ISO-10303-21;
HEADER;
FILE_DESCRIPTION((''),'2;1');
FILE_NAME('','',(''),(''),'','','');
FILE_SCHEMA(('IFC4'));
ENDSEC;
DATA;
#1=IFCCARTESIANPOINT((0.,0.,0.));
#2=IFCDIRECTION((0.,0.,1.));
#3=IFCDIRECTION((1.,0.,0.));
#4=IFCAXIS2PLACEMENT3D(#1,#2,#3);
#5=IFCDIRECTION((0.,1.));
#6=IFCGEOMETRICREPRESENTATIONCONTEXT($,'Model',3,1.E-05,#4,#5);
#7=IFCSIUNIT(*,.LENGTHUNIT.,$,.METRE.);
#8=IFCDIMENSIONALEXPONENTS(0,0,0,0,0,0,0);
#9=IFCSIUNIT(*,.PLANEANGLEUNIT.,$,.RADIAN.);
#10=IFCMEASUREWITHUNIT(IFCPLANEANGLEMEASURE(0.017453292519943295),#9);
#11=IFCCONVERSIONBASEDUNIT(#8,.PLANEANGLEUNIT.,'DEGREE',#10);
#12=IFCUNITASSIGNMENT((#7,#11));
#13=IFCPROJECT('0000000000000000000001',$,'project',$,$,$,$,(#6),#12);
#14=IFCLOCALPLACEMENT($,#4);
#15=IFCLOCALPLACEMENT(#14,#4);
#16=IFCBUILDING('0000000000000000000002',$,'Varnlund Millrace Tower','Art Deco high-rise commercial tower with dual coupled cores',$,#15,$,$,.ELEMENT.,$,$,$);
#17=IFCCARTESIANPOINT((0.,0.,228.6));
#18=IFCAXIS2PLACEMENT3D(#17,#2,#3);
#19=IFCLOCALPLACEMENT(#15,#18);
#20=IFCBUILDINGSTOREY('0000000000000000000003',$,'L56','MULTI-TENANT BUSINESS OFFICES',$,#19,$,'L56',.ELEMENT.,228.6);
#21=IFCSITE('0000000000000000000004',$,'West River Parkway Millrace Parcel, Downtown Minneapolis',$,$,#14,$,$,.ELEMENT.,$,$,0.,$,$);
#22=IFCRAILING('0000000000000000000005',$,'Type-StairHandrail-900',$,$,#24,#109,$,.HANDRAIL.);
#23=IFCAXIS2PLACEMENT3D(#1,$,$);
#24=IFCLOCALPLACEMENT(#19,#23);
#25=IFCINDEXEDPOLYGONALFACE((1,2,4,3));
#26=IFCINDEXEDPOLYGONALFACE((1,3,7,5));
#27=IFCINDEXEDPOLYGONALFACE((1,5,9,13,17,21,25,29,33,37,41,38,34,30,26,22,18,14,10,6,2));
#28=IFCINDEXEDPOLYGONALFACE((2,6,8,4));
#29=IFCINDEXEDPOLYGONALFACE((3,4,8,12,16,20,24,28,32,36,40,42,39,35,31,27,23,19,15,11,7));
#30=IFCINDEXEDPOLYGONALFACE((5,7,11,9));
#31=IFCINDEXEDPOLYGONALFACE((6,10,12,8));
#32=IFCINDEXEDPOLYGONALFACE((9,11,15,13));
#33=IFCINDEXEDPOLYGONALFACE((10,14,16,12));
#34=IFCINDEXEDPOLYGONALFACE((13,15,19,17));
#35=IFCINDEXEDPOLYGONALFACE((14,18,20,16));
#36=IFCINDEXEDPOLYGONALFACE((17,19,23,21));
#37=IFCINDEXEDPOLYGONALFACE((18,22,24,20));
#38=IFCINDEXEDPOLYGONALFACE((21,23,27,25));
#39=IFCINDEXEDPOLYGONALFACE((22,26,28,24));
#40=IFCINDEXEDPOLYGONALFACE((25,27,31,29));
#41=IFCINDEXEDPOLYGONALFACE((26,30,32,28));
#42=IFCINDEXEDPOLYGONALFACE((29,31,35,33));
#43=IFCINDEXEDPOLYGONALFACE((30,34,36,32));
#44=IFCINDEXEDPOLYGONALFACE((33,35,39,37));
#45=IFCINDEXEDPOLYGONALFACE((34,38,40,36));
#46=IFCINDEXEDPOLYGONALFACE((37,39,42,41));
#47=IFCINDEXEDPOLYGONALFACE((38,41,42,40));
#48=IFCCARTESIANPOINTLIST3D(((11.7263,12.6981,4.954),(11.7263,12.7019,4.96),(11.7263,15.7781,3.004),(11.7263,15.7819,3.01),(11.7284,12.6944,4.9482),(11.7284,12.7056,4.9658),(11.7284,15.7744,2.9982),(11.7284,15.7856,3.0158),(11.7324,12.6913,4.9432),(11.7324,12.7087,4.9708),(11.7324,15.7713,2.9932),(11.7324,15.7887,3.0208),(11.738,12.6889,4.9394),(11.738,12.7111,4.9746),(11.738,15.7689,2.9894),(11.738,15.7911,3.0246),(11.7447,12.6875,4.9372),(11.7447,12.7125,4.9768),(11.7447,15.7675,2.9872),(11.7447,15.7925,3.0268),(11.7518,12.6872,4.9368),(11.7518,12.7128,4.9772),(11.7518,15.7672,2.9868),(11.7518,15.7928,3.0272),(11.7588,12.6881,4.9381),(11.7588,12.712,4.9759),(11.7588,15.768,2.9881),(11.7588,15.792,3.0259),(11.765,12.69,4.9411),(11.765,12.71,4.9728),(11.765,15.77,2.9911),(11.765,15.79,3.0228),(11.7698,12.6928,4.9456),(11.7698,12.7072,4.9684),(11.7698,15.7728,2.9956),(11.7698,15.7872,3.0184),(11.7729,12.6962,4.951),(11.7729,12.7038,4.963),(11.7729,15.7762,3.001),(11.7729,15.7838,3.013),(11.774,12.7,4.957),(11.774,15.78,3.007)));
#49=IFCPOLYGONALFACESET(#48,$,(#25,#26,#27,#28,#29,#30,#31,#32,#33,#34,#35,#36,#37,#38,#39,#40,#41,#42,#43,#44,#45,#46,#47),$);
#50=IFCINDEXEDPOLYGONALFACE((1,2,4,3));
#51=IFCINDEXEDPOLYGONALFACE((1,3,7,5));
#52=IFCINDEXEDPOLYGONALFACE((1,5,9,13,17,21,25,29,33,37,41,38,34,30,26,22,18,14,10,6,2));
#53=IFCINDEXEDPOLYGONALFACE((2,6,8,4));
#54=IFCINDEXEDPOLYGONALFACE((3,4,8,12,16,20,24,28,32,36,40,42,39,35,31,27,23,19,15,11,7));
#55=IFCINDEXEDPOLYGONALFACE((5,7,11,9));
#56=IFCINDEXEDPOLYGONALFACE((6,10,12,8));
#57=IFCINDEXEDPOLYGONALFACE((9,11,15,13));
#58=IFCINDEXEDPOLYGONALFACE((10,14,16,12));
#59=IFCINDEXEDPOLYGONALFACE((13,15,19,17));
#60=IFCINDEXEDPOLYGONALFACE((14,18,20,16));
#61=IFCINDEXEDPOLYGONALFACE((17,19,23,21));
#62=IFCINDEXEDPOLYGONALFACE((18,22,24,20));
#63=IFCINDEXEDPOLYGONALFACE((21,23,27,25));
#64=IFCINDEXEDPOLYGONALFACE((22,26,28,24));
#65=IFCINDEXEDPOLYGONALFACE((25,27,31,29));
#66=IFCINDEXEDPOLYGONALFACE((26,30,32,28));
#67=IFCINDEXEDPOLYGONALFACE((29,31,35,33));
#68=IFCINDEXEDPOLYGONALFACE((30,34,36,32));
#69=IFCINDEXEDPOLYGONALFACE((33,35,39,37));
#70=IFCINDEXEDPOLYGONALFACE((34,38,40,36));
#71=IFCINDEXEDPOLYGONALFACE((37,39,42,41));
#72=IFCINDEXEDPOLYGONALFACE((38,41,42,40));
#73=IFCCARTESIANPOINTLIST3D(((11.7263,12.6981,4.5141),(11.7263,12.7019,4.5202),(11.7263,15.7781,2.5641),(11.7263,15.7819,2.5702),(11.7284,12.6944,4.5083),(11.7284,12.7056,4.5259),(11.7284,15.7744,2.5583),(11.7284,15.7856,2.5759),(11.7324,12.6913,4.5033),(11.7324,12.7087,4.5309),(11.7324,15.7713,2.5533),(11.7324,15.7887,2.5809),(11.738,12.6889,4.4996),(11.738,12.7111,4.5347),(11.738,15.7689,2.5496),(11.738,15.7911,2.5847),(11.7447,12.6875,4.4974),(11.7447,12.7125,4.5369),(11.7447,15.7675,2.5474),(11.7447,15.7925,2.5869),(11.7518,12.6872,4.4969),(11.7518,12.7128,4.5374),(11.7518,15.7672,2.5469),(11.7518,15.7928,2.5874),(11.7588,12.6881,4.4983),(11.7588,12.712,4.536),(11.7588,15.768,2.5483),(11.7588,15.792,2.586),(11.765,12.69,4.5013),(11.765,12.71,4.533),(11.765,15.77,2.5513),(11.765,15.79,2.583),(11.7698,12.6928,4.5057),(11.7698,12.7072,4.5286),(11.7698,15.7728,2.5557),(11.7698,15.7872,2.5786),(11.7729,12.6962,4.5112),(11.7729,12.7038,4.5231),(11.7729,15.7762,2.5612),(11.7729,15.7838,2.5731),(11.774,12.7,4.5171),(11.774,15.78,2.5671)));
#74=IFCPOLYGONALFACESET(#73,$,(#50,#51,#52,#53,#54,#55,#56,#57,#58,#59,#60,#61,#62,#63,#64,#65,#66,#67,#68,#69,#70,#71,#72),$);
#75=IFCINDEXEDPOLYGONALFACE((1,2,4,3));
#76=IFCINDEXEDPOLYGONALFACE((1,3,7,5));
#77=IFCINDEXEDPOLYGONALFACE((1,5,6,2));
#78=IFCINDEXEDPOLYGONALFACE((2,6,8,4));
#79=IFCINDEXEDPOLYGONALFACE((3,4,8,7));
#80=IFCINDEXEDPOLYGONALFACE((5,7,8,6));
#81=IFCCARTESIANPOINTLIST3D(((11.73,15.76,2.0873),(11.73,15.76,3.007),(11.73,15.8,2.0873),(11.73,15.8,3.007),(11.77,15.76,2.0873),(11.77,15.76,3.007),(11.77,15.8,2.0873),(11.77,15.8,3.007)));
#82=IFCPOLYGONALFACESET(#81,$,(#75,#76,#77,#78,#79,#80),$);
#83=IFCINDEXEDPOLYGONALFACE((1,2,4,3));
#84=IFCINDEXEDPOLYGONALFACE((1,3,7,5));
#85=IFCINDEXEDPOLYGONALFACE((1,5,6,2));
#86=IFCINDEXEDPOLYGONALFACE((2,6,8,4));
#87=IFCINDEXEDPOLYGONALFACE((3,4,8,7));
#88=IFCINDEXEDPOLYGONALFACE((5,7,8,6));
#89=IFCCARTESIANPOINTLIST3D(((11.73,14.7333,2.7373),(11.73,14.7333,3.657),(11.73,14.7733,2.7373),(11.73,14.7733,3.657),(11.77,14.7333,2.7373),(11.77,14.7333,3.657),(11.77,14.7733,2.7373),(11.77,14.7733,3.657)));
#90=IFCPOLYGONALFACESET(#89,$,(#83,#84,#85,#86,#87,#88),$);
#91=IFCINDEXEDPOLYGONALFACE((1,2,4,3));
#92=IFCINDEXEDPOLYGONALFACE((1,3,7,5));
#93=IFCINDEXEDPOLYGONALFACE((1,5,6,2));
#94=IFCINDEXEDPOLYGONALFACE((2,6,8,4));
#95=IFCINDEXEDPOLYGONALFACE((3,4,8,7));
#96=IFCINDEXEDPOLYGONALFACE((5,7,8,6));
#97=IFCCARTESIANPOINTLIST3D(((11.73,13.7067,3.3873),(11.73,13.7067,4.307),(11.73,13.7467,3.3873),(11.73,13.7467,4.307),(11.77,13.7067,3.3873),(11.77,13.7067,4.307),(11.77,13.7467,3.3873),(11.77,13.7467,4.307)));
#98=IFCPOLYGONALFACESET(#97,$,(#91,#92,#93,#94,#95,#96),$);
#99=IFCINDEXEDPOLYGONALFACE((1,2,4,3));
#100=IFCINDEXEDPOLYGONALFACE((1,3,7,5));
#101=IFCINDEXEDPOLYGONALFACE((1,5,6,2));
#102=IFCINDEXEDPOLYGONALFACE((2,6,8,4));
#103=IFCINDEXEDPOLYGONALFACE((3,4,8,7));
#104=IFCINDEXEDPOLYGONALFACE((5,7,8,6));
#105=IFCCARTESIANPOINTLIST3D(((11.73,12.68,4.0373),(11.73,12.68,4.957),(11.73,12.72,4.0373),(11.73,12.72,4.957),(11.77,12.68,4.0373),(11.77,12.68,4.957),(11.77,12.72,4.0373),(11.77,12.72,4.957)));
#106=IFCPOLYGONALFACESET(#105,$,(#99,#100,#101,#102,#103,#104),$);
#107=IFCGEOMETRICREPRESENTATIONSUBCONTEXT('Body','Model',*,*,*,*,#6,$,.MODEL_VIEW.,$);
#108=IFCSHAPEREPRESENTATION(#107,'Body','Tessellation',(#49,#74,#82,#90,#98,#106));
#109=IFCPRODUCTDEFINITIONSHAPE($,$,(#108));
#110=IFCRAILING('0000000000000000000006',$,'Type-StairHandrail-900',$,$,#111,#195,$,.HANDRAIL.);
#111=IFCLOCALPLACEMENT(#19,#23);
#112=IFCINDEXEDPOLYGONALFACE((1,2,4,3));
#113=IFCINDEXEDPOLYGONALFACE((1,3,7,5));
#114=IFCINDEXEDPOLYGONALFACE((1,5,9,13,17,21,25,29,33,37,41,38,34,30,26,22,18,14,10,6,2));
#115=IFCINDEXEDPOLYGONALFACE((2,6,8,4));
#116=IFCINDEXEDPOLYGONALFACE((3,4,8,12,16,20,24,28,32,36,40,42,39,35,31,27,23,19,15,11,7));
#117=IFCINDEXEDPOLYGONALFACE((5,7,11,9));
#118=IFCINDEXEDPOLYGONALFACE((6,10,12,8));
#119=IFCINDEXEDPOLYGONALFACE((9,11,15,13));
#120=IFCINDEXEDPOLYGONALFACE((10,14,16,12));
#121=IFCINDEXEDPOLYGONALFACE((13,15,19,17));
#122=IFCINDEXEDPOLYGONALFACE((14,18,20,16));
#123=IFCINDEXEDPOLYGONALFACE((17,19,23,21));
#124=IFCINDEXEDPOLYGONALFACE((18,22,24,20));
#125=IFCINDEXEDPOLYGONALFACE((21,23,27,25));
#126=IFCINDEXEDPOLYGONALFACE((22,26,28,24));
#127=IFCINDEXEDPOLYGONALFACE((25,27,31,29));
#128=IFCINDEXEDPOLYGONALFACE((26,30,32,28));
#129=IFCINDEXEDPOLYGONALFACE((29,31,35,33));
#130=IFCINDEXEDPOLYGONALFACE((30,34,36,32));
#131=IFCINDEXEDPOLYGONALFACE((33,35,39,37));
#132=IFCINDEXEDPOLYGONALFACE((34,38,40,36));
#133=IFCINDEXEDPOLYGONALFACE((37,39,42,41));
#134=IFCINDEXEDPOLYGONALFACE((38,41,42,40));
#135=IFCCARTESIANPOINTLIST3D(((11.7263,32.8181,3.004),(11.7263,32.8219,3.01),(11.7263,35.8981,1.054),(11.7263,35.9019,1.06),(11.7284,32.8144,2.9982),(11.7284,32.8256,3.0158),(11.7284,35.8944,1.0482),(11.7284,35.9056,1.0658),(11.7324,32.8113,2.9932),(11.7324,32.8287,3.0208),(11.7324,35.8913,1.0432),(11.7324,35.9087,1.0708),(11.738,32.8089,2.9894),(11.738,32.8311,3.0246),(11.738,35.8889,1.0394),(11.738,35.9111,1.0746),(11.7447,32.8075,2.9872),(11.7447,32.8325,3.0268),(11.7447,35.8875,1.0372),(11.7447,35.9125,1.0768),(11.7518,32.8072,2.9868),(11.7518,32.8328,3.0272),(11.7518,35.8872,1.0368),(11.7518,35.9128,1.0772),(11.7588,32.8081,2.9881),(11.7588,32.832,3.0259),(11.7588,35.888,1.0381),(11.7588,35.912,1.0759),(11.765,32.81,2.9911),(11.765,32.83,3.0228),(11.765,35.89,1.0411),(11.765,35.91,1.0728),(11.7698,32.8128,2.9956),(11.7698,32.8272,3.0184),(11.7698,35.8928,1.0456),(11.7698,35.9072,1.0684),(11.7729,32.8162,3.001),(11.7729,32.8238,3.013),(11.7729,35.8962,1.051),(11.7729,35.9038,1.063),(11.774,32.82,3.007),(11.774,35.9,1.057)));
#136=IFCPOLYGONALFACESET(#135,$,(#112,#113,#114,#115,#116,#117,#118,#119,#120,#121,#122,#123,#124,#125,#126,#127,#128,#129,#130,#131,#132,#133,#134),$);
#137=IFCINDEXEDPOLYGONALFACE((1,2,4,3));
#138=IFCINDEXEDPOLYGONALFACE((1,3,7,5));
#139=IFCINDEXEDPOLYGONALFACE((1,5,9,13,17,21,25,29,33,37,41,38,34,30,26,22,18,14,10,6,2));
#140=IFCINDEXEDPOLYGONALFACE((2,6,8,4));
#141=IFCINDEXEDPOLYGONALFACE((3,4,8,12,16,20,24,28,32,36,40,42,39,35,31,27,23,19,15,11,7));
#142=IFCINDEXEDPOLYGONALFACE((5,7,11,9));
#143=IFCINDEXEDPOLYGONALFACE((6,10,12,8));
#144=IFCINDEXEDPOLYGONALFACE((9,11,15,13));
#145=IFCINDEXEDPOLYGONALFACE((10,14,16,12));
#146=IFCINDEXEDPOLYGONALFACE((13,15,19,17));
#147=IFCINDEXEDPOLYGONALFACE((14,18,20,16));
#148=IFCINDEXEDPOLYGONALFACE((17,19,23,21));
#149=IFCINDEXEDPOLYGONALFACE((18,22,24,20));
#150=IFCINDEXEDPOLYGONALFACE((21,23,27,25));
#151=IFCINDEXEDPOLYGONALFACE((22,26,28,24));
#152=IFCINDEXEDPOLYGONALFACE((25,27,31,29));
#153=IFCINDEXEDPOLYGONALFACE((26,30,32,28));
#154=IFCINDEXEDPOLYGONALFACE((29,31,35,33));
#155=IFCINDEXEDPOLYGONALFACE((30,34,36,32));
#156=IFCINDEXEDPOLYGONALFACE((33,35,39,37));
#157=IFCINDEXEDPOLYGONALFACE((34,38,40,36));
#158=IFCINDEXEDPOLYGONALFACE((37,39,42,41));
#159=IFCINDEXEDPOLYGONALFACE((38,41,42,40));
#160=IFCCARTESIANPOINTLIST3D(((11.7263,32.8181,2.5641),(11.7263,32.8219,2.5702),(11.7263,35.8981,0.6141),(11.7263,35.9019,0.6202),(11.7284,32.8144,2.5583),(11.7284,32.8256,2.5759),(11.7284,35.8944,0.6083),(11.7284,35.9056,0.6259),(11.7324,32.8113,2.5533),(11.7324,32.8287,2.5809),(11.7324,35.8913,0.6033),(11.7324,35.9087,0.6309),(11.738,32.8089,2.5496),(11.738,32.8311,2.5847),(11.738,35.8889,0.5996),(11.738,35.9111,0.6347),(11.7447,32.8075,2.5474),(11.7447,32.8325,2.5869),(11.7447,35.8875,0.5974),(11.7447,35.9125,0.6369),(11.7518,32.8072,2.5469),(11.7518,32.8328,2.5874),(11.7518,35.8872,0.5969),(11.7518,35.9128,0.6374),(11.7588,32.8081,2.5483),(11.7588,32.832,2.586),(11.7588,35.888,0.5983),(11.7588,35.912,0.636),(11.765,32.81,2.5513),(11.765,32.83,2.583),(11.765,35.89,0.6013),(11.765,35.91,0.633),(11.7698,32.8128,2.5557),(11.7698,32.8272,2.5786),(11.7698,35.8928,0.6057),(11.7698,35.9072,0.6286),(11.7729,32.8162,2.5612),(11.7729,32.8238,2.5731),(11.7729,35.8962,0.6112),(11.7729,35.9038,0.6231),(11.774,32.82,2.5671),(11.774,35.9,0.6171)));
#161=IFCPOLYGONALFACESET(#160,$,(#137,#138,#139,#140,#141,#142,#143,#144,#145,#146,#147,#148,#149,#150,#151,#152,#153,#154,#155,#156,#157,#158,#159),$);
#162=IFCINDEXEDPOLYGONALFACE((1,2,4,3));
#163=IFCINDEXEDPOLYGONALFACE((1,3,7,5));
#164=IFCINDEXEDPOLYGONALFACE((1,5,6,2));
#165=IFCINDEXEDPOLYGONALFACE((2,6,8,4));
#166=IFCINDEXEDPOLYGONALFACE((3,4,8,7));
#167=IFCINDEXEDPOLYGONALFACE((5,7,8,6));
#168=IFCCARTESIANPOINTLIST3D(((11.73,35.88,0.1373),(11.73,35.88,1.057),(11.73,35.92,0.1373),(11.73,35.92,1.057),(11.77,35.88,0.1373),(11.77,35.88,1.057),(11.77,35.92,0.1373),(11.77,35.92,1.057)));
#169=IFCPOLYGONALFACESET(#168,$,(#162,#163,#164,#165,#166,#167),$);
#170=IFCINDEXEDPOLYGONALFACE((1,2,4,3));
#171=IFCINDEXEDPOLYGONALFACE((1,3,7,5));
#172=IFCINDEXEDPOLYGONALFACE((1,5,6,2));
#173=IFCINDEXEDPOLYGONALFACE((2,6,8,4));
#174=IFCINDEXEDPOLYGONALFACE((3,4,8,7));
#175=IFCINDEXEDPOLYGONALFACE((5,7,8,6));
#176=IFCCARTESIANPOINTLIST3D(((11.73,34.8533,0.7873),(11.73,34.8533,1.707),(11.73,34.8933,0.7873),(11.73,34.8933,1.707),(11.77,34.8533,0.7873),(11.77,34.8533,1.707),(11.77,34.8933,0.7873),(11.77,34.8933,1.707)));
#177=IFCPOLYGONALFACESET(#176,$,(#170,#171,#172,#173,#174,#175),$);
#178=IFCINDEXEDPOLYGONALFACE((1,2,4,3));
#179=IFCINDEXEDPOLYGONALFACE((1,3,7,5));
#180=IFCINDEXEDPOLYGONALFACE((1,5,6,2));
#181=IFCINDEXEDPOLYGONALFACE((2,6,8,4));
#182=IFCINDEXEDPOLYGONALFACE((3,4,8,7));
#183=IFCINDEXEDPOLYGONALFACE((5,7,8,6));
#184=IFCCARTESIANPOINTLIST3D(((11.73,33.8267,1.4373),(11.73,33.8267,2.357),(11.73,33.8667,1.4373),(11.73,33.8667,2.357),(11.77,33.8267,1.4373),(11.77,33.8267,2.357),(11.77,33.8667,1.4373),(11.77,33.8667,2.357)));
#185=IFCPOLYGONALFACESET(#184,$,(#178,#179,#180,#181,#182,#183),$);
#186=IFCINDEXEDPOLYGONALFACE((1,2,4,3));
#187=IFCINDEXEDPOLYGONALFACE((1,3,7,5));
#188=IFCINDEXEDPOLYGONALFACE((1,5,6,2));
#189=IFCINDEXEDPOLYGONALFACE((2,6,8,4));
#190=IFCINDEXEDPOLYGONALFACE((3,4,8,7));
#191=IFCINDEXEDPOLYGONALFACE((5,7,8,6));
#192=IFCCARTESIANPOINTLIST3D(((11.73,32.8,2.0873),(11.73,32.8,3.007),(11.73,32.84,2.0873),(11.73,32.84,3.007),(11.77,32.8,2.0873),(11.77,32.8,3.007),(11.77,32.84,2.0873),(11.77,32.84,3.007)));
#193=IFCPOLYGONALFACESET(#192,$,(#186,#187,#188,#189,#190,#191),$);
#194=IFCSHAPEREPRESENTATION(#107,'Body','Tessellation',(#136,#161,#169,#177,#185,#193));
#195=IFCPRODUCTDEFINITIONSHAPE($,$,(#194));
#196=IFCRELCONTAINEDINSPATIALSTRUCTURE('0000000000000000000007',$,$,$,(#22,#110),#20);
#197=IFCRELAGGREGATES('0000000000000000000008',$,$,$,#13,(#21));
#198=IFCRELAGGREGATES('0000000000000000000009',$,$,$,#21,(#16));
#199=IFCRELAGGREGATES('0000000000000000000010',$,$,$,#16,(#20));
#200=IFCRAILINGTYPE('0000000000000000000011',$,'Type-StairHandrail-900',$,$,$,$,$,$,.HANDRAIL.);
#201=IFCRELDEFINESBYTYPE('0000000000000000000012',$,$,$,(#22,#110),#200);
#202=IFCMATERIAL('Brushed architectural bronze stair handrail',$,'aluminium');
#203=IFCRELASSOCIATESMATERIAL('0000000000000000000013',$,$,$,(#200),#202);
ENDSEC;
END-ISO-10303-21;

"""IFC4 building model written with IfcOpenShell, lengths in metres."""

from ifc_helpers import new_model, entity, si_unit, converted_unit, direction, frame, origin_with_axes, origin_2d_with_axis, place, context, subcontext, project, spatial, rectangle, circle, extrude, material, type_object, element, save


model = new_model("IFC4")

# Units and contexts
model_context = context("Model", 3, precision=1e-05, world=origin_with_axes(), true_north=direction((0.0, 1.0)))
body_context = subcontext(model_context, "Body", "Model", "MODEL_VIEW")
ifc_project = project(units=[si_unit("LENGTHUNIT", "METRE"), converted_unit("PLANEANGLEUNIT", "DEGREE", entity("IfcPlaneAngleMeasure", 0.017453292519943295), si_unit("PLANEANGLEUNIT", "RADIAN"), dimensions=[0, 0, 0, 0, 0, 0, 0])], contexts=[model_context])

# Site, building, storey
site_placement = place(None, origin_with_axes())
site = spatial("IfcSite", under=ifc_project, at=site_placement, Name="West River Parkway Millrace Parcel, Downtown Minneapolis", CompositionType="ELEMENT", RefElevation=0.0)
building_placement = place(site_placement, origin_with_axes())
building = spatial("IfcBuilding", under=site, at=building_placement, Name="Varnlund Millrace Tower", Description="Art Deco high-rise commercial tower with dual coupled cores", CompositionType="ELEMENT")
storey_placement = place(building_placement, frame((0.0, 0.0, 228.6), z_axis=(0.0, 0.0, 1.0), x_axis=(1.0, 0.0, 0.0)))
storey = spatial("IfcBuildingStorey", under=building, at=storey_placement, Name="L56", Description="MULTI-TENANT BUSINESS OFFICES", LongName="L56", CompositionType="ELEMENT", Elevation=228.6)

# Railings
ifc_material_1 = material(Name="Brushed architectural bronze stair handrail", Category="aluminium")
railing_type_1 = type_object("IfcRailingType", Name="Type-StairHandrail-900", PredefinedType="HANDRAIL", material=ifc_material_1)
railing_1_placement = place(storey_placement, frame((0.0, 0.0, -228.6), z_axis=(0.0, 0.0, 1.0), x_axis=(1.0, 0.0, 0.0)))
element("IfcRailing", 1, at=railing_1_placement, inside=storey, type_object=railing_type_1, Name="Type-StairHandrail-900", PredefinedType="HANDRAIL", context=body_context, shape_type="SweptSolid", body=[
    extrude(circle(Radius=0.024, at=origin_2d_with_axis()), frame((11.75, 15.78, 231.607), z_axis=(0.0, -0.844902, 0.534922), x_axis=(1.0, 0.0, 0.0)), (0.0, 0.0, 1.0), 3.6454),
    extrude(circle(Radius=0.024, at=origin_2d_with_axis()), frame((11.75, 15.78, 231.1671), z_axis=(0.0, -0.844902, 0.534922), x_axis=(1.0, 0.0, 0.0)), (0.0, 0.0, 1.0), 3.6454),
    extrude(rectangle(XDim=0.04, YDim=0.04, at=origin_2d_with_axis()), frame((11.75, 15.78, 230.6873), z_axis=(0.0, 0.0, 1.0), x_axis=(1.0, 0.0, 0.0)), (0.0, 0.0, 1.0), 0.9197),
    extrude(rectangle(XDim=0.04, YDim=0.04, at=origin_2d_with_axis()), frame((11.75, 14.7533, 231.3373), z_axis=(0.0, 0.0, 1.0), x_axis=(1.0, 0.0, 0.0)), (0.0, 0.0, 1.0), 0.9197),
    extrude(rectangle(XDim=0.04, YDim=0.04, at=origin_2d_with_axis()), frame((11.75, 13.7267, 231.9873), z_axis=(0.0, 0.0, 1.0), x_axis=(1.0, 0.0, 0.0)), (0.0, 0.0, 1.0), 0.9197),
    extrude(rectangle(XDim=0.04, YDim=0.04, at=origin_2d_with_axis()), frame((11.75, 12.7, 232.6373), z_axis=(0.0, 0.0, 1.0), x_axis=(1.0, 0.0, 0.0)), (0.0, 0.0, 1.0), 0.9197),
])
railing_2_placement = place(storey_placement, frame((0.0, 0.0, -228.6), z_axis=(0.0, 0.0, 1.0), x_axis=(1.0, 0.0, 0.0)))
element("IfcRailing", 2, at=railing_2_placement, inside=storey, type_object=railing_type_1, Name="Type-StairHandrail-900", PredefinedType="HANDRAIL", context=body_context, shape_type="SweptSolid", body=[
    extrude(circle(Radius=0.024, at=origin_2d_with_axis()), frame((11.75, 35.9, 229.657), z_axis=(0.0, -0.844902, 0.534922), x_axis=(1.0, 0.0, 0.0)), (0.0, 0.0, 1.0), 3.6454),
    extrude(circle(Radius=0.024, at=origin_2d_with_axis()), frame((11.75, 35.9, 229.2171), z_axis=(0.0, -0.844902, 0.534922), x_axis=(1.0, 0.0, 0.0)), (0.0, 0.0, 1.0), 3.6454),
    extrude(rectangle(XDim=0.04, YDim=0.04, at=origin_2d_with_axis()), frame((11.75, 35.9, 228.7373), z_axis=(0.0, 0.0, 1.0), x_axis=(1.0, 0.0, 0.0)), (0.0, 0.0, 1.0), 0.9197),
    extrude(rectangle(XDim=0.04, YDim=0.04, at=origin_2d_with_axis()), frame((11.75, 34.8733, 229.3873), z_axis=(0.0, 0.0, 1.0), x_axis=(1.0, 0.0, 0.0)), (0.0, 0.0, 1.0), 0.9197),
    extrude(rectangle(XDim=0.04, YDim=0.04, at=origin_2d_with_axis()), frame((11.75, 33.8467, 230.0373), z_axis=(0.0, 0.0, 1.0), x_axis=(1.0, 0.0, 0.0)), (0.0, 0.0, 1.0), 0.9197),
    extrude(rectangle(XDim=0.04, YDim=0.04, at=origin_2d_with_axis()), frame((11.75, 32.82, 230.6873), z_axis=(0.0, 0.0, 1.0), x_axis=(1.0, 0.0, 0.0)), (0.0, 0.0, 1.0), 0.9197),
])

save(model, "model.ifc")
